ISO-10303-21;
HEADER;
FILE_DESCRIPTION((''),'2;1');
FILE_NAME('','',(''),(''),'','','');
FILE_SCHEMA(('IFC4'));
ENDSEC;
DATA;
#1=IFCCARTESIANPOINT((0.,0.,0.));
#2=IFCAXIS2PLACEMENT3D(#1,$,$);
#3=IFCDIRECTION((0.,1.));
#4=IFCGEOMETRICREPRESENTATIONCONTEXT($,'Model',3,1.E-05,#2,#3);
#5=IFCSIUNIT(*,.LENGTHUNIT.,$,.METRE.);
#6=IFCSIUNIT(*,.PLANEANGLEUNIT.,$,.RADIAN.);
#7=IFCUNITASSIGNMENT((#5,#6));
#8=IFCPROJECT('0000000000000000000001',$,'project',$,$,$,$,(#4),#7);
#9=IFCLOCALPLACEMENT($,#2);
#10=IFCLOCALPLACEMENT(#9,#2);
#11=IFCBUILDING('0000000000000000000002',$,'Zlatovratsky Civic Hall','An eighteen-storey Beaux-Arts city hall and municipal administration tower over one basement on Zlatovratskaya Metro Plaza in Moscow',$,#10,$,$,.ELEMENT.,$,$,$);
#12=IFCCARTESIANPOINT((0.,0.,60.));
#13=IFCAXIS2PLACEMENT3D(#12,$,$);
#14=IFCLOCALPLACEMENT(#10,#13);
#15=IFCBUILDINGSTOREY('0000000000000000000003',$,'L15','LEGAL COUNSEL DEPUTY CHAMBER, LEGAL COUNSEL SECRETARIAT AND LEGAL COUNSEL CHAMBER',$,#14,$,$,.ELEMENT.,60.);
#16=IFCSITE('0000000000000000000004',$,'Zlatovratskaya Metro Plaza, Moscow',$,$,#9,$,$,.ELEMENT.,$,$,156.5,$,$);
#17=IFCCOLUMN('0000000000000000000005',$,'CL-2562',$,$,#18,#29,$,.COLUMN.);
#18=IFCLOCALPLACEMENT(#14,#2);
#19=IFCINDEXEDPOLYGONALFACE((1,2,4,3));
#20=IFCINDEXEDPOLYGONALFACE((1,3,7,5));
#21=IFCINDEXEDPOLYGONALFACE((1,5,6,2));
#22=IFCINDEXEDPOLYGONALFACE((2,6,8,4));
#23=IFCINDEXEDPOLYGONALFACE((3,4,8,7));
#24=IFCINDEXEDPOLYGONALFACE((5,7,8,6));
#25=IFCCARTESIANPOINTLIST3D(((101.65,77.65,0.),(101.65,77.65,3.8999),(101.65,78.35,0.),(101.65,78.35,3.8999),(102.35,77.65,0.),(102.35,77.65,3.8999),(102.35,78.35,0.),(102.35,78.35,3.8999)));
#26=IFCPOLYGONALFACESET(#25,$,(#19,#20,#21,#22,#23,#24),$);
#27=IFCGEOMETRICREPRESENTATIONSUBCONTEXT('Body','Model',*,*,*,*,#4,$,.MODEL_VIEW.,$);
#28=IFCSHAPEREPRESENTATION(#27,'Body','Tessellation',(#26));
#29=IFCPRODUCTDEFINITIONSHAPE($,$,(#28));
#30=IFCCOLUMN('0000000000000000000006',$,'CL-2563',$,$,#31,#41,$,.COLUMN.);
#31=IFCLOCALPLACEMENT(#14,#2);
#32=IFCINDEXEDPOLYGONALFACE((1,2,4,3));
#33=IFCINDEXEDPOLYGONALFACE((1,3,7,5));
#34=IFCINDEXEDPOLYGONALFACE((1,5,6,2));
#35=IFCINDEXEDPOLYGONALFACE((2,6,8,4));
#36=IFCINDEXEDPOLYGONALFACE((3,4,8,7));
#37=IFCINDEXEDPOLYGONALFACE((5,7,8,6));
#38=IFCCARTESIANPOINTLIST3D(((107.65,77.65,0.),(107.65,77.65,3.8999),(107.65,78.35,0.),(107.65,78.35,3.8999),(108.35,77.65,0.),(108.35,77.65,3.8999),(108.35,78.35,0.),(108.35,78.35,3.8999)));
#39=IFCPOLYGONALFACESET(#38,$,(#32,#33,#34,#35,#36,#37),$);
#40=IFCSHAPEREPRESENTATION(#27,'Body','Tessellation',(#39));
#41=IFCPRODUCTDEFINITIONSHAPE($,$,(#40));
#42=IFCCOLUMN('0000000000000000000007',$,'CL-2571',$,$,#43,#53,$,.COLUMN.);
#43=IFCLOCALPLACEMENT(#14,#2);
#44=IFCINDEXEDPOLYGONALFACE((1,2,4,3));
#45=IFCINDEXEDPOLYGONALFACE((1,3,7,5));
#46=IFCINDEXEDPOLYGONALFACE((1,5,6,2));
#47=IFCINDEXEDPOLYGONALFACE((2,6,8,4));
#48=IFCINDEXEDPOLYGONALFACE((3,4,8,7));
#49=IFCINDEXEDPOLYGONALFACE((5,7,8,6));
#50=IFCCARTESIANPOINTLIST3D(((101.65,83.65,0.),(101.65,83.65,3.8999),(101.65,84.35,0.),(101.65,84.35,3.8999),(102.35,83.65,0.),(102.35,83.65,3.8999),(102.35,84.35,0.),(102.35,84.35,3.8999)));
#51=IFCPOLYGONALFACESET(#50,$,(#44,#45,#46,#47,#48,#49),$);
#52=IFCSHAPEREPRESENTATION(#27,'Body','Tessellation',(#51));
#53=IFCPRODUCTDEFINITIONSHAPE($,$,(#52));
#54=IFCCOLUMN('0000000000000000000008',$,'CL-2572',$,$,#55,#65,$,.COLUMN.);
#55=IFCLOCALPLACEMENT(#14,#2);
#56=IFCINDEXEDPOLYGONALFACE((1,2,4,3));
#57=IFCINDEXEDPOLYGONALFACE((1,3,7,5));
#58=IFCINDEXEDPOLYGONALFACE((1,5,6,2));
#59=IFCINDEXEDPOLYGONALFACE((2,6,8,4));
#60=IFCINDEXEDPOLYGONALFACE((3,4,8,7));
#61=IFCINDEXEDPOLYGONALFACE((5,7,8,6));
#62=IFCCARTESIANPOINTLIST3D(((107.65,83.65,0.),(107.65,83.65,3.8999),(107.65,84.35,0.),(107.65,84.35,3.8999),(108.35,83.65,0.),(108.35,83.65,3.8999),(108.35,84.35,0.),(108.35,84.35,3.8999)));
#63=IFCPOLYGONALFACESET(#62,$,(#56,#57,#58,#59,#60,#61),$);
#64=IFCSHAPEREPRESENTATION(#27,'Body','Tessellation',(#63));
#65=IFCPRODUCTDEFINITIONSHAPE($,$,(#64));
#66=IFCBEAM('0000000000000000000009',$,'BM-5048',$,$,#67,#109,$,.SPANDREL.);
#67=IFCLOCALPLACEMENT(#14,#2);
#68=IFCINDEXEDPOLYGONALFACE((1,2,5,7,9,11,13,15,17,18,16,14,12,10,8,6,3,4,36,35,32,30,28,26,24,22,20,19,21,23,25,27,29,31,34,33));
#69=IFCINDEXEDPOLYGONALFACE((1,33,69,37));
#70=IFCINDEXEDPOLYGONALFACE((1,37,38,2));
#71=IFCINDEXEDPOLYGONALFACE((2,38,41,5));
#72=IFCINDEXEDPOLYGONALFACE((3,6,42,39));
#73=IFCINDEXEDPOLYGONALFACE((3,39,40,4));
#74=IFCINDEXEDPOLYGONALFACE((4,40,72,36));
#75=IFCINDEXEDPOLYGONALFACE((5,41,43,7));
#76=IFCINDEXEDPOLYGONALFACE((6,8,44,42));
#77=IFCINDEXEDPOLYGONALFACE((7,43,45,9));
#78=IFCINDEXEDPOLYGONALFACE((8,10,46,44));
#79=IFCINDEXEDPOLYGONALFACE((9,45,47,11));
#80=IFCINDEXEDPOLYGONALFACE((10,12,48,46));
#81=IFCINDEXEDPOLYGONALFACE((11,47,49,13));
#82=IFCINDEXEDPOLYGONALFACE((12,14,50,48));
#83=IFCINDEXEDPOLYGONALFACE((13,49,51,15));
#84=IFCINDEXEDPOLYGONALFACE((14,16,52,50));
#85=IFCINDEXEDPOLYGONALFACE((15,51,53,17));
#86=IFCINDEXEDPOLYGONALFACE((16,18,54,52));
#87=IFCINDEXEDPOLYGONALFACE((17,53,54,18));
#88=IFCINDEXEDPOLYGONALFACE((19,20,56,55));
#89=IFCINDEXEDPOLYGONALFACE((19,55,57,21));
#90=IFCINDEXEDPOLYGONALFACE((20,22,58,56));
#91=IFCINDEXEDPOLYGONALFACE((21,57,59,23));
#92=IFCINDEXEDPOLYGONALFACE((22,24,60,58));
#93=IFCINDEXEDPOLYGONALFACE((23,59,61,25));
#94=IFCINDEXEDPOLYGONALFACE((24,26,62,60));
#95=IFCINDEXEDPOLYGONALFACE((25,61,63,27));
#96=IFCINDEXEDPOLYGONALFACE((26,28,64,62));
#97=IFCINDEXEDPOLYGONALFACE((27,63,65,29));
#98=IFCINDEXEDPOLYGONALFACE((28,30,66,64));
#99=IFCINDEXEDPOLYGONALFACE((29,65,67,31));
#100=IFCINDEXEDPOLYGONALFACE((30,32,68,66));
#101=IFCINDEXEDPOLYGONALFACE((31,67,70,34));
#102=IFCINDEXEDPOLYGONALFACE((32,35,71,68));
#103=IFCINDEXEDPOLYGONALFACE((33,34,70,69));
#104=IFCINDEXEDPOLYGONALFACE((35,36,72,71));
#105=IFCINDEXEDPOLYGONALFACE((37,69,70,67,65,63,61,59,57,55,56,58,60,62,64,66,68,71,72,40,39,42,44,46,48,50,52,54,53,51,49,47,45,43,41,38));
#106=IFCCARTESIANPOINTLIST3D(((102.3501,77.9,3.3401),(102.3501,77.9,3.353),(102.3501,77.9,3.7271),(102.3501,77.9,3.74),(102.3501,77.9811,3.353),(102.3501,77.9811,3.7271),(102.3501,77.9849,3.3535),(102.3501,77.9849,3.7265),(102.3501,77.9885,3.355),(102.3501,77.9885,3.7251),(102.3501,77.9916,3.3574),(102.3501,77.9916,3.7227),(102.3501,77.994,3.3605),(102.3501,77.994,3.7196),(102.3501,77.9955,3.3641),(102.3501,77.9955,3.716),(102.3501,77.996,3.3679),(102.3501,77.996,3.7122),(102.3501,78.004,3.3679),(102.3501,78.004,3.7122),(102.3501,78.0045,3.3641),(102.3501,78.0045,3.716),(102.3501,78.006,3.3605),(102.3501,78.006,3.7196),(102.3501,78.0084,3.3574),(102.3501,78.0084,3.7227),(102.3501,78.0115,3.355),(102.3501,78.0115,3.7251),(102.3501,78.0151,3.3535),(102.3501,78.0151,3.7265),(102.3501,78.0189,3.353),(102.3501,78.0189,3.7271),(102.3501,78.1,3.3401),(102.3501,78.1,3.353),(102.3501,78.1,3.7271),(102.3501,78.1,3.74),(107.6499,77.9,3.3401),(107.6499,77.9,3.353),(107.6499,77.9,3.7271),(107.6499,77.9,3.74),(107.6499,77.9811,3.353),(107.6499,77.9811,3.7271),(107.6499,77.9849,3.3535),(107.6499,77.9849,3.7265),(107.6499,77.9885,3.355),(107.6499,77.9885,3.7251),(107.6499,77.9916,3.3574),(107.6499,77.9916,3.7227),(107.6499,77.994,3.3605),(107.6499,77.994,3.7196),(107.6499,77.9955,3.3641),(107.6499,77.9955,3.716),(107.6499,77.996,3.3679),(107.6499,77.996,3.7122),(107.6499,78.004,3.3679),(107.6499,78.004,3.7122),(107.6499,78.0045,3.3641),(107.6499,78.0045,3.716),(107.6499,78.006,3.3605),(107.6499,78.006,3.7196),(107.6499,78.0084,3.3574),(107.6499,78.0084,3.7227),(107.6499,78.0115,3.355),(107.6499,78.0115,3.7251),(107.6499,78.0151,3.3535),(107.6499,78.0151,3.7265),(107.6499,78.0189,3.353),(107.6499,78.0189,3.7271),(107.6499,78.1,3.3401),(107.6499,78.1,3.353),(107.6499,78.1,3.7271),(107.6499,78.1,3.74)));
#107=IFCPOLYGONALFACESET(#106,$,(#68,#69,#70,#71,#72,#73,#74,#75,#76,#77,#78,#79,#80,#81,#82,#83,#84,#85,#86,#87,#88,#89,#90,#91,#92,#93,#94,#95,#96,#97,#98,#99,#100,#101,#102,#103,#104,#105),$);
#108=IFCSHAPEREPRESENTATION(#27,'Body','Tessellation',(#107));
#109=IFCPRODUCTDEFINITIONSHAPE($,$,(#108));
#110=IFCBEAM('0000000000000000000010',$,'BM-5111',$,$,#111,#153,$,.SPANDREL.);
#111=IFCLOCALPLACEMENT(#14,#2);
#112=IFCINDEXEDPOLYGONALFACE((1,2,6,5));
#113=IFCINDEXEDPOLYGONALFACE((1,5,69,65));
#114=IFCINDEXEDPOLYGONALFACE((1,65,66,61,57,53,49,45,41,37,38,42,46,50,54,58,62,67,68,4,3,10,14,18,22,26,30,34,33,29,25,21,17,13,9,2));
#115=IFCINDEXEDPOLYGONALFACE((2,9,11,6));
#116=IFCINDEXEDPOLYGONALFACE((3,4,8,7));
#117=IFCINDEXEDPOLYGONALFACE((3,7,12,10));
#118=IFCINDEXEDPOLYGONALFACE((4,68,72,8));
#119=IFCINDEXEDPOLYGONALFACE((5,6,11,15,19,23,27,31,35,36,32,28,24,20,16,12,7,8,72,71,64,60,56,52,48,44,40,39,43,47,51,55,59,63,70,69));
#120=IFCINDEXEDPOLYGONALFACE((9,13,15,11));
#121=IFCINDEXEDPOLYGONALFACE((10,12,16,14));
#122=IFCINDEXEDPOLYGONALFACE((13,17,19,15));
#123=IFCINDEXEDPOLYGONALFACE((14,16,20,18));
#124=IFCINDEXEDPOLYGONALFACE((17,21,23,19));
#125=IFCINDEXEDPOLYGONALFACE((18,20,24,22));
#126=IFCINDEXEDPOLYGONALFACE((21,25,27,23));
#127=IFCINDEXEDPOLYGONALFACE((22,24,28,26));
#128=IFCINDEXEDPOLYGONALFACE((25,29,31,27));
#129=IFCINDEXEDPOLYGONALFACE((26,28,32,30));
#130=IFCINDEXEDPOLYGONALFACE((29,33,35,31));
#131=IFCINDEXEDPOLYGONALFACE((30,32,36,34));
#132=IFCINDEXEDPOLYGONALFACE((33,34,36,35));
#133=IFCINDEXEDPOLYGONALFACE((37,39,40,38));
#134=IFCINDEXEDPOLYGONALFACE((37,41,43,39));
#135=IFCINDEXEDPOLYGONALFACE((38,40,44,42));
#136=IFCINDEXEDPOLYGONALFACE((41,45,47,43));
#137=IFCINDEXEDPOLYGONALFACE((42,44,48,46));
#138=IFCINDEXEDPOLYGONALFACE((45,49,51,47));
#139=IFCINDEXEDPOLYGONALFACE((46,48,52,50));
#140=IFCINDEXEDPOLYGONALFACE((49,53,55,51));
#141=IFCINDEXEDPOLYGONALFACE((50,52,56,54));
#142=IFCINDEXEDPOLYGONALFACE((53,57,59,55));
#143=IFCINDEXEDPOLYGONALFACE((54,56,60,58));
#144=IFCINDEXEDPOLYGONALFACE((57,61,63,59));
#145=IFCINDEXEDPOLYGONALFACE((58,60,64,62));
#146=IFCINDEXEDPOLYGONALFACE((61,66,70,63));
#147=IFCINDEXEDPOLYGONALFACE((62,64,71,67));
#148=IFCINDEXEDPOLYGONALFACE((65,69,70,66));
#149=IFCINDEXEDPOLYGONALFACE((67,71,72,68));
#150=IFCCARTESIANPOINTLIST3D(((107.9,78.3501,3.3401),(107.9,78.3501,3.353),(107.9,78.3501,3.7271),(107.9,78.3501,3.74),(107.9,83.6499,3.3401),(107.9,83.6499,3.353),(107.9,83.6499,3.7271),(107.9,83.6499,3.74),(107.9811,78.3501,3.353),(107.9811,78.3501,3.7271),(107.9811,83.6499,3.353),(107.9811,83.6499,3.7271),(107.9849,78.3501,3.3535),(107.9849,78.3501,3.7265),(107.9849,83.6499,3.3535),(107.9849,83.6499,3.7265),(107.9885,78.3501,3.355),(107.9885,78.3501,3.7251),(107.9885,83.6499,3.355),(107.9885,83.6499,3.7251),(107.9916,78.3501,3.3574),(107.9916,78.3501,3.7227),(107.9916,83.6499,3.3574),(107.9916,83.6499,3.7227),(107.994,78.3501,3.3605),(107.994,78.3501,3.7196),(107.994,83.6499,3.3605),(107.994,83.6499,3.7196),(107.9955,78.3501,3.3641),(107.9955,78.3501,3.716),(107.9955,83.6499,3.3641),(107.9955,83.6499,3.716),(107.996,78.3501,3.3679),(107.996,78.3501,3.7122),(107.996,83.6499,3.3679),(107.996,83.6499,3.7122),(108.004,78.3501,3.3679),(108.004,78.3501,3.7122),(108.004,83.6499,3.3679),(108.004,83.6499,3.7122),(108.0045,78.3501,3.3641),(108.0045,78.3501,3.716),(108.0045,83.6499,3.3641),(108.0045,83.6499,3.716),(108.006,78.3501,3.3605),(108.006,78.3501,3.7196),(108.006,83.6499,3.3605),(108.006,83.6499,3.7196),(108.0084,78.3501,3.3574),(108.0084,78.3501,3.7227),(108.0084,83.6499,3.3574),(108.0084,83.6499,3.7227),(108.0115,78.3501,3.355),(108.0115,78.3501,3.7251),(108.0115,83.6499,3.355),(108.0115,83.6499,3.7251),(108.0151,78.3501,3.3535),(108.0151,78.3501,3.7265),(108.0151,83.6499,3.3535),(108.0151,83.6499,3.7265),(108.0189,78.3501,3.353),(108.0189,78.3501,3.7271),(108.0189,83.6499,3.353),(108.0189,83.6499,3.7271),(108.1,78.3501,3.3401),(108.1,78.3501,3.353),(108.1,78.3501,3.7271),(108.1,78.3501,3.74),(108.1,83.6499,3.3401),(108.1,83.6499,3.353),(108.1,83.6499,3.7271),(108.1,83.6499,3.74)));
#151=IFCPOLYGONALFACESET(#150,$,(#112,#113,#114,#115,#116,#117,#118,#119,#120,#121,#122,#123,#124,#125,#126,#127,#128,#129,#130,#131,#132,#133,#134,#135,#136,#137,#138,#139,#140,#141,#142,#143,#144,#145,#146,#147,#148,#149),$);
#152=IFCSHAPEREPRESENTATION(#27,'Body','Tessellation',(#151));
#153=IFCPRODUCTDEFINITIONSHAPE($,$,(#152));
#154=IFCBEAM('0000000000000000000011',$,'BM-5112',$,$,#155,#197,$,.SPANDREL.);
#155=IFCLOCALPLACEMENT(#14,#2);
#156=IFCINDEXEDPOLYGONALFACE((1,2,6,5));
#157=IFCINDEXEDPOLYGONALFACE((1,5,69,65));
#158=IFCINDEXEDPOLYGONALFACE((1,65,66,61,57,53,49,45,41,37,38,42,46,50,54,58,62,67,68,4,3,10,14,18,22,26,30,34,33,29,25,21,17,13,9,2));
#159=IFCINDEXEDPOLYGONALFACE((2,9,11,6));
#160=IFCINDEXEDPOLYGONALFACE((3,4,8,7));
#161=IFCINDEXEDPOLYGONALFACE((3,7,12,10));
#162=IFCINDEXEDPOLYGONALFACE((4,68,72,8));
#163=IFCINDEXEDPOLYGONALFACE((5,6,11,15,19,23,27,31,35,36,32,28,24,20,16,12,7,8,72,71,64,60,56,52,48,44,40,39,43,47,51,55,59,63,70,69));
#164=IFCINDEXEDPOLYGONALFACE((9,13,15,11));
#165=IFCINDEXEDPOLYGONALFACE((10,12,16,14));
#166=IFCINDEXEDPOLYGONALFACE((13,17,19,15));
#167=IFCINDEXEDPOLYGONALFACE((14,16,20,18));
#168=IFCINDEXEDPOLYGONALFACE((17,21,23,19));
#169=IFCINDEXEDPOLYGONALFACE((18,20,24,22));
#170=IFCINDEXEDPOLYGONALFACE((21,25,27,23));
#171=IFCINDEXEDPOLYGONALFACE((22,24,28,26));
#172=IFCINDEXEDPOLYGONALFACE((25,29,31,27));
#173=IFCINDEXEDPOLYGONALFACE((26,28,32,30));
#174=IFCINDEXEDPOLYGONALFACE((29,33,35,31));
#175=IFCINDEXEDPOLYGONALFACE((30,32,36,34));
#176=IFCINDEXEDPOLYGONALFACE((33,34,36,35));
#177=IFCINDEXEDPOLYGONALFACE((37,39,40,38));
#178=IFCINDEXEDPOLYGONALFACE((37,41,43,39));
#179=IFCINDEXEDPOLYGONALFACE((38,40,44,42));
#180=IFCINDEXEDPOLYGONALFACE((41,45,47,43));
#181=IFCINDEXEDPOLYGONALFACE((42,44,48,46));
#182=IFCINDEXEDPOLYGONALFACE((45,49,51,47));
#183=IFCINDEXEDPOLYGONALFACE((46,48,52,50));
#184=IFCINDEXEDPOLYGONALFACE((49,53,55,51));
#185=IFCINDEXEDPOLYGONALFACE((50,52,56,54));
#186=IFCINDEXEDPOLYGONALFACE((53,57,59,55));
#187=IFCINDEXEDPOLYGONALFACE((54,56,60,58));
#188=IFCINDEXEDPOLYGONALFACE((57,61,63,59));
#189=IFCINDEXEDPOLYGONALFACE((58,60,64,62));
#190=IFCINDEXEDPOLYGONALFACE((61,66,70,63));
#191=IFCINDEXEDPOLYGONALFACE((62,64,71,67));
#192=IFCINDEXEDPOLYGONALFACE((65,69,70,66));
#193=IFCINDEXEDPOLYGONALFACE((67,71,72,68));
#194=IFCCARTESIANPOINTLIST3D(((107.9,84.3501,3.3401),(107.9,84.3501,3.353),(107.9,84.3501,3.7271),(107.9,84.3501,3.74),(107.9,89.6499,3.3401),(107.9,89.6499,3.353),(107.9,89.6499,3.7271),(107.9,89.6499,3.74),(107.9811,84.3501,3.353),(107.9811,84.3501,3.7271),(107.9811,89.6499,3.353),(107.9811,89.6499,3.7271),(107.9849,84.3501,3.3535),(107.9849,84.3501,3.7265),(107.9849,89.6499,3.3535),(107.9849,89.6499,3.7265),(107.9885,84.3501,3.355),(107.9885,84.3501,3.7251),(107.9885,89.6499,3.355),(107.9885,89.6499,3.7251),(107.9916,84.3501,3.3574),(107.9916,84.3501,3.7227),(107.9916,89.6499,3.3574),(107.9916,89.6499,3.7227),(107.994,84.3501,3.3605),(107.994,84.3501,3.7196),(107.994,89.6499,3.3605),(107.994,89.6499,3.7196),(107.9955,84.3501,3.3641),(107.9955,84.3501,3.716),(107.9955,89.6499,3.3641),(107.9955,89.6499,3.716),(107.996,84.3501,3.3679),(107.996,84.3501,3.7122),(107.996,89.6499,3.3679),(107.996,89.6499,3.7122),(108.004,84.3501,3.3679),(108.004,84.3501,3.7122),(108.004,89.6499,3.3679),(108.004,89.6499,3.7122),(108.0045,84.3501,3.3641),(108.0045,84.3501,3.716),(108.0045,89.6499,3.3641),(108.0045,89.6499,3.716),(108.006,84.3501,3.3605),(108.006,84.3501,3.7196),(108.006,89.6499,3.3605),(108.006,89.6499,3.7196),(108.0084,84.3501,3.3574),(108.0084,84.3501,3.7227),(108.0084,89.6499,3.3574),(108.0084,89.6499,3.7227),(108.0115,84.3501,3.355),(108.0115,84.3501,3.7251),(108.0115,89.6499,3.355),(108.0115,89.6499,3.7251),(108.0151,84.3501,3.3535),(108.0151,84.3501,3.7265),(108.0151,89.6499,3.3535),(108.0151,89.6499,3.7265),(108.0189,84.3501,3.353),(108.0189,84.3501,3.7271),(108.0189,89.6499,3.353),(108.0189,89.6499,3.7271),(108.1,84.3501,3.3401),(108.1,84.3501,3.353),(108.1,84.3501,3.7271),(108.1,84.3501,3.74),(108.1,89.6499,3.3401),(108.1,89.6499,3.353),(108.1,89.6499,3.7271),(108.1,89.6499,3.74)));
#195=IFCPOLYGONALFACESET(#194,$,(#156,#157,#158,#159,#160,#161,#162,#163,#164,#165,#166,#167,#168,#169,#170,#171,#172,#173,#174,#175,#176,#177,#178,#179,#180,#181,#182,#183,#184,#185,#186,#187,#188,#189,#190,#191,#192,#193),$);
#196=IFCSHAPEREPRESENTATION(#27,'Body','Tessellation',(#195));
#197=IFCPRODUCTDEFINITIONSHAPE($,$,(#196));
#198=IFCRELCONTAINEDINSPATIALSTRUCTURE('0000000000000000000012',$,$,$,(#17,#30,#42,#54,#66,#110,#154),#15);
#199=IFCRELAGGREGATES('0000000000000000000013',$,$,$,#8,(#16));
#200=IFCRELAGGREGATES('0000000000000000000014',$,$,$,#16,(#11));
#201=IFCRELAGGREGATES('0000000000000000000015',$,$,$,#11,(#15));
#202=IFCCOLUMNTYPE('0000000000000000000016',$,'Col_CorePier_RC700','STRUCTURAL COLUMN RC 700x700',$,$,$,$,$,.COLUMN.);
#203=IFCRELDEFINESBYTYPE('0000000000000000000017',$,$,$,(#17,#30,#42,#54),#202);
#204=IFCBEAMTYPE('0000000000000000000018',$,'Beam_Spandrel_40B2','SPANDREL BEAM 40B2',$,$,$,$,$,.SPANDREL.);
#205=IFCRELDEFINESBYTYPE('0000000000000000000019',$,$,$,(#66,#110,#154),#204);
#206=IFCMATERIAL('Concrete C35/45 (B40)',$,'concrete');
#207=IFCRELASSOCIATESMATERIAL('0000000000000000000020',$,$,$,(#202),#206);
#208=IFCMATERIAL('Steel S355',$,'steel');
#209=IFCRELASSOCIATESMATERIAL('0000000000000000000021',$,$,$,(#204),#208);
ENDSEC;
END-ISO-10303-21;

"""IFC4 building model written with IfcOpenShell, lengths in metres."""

from ifc_helpers import new_model, si_unit, direction, frame, origin, origin_2d, place, context, subcontext, project, spatial, rectangle, i_section, extrude, material, material_profile, profile_set, type_object, element, save


model = new_model("IFC4")

# Units and contexts
model_context = context("Model", 3, precision=1e-05, world=origin(), true_north=direction((0.0, 1.0)))
body_context = subcontext(model_context, "Body", "Model", "MODEL_VIEW")
ifc_project = project(units=[si_unit("LENGTHUNIT", "METRE"), si_unit("PLANEANGLEUNIT", "RADIAN")], contexts=[model_context])

# Site, building, storey
site_placement = place(None, origin())
site = spatial("IfcSite", under=ifc_project, at=site_placement, Name="Zlatovratskaya Metro Plaza, Moscow", CompositionType="ELEMENT", RefElevation=156.5)
building_placement = place(site_placement, origin())
building = spatial("IfcBuilding", under=site, at=building_placement, Name="Zlatovratsky Civic Hall", Description="An eighteen-storey Beaux-Arts city hall and municipal administration tower over one basement on Zlatovratskaya Metro Plaza in Moscow", CompositionType="ELEMENT")
storey_placement = place(building_placement, frame((0.0, 0.0, 60.0)))
storey = spatial("IfcBuildingStorey", under=building, at=storey_placement, Name="L15", Description="LEGAL COUNSEL DEPUTY CHAMBER, LEGAL COUNSEL SECRETARIAT AND LEGAL COUNSEL CHAMBER", CompositionType="ELEMENT", Elevation=60.0)

# Columns
ifc_material_1 = material(Name="Concrete C35/45 (B40)", Category="concrete")
ifc_material_profile_1 = material_profile(ifc_material_1, rectangle(XDim=0.7, YDim=0.7, at=origin_2d()), Name="RC 700x700")
ifc_profile_set_1 = profile_set([ifc_material_profile_1], Name="Concrete C35/45 (B40)")
column_type = type_object("IfcColumnType", Name="Col_CorePier_RC700", Description="STRUCTURAL COLUMN RC 700x700", PredefinedType="COLUMN", material=ifc_profile_set_1)
for number, where, z_axis, x_axis, name in (
    (1, (102.0, 78.0, 0.0), (0.0, 0.0, 1.0), (1.0, 0.0, 0.0), "CL-2562"),
    (2, (108.0, 78.0, 0.0), (0.0, 0.0, 1.0), (1.0, 0.0, 0.0), "CL-2563"),
    (3, (102.0, 84.0, 0.0), (0.0, 0.0, 1.0), (1.0, 0.0, 0.0), "CL-2571"),
    (4, (108.0, 84.0, 0.0), (0.0, 0.0, 1.0), (1.0, 0.0, 0.0), "CL-2572"),
):
    element("IfcColumn", number, at=place(storey_placement, frame(where, z_axis=z_axis, x_axis=x_axis)), inside=storey, type_object=column_type, Name=name, PredefinedType="COLUMN", context=body_context, shape_type="SweptSolid", body=[
        extrude(rectangle(XDim=0.7, YDim=0.7, at=origin_2d()), origin(), (0.0, 0.0, 1.0), 3.8999),
    ])

# Beams
ifc_material_2 = material(Name="Steel S355", Category="steel")
ifc_material_profile_2 = material_profile(ifc_material_2, i_section(OverallWidth=0.2, OverallDepth=0.3999, WebThickness=0.0081, FlangeThickness=0.0129, FilletRadius=0.0149, at=origin_2d()), Name="40B2")
ifc_profile_set_2 = profile_set([ifc_material_profile_2], Name="Steel S355")
beam_type_1 = type_object("IfcBeamType", Name="Beam_Spandrel_40B2", Description="SPANDREL BEAM 40B2", PredefinedType="SPANDREL", material=ifc_profile_set_2)
for number, where, z_axis, x_axis, name in (
    (5, (102.3501, 78.0, 3.54), (1.0, 0.0, 0.0), (0.0, 1.0, 0.0), "BM-5048"),
    (6, (108.0, 78.3501, 3.54), (0.0, 1.0, 0.0), (-1.0, 0.0, 0.0), "BM-5111"),
    (7, (108.0, 84.3501, 3.54), (0.0, 1.0, 0.0), (-1.0, 0.0, 0.0), "BM-5112"),
):
    element("IfcBeam", number, at=place(storey_placement, frame(where, z_axis=z_axis, x_axis=x_axis)), inside=storey, type_object=beam_type_1, Name=name, PredefinedType="SPANDREL", context=body_context, shape_type="SweptSolid", body=[
        extrude(i_section(OverallWidth=0.2, OverallDepth=0.3999, WebThickness=0.0081, FlangeThickness=0.0129, FilletRadius=0.0149, at=origin_2d()), origin(), (0.0, 0.0, 1.0), 5.2998),
    ])

save(model, "model.ifc")
